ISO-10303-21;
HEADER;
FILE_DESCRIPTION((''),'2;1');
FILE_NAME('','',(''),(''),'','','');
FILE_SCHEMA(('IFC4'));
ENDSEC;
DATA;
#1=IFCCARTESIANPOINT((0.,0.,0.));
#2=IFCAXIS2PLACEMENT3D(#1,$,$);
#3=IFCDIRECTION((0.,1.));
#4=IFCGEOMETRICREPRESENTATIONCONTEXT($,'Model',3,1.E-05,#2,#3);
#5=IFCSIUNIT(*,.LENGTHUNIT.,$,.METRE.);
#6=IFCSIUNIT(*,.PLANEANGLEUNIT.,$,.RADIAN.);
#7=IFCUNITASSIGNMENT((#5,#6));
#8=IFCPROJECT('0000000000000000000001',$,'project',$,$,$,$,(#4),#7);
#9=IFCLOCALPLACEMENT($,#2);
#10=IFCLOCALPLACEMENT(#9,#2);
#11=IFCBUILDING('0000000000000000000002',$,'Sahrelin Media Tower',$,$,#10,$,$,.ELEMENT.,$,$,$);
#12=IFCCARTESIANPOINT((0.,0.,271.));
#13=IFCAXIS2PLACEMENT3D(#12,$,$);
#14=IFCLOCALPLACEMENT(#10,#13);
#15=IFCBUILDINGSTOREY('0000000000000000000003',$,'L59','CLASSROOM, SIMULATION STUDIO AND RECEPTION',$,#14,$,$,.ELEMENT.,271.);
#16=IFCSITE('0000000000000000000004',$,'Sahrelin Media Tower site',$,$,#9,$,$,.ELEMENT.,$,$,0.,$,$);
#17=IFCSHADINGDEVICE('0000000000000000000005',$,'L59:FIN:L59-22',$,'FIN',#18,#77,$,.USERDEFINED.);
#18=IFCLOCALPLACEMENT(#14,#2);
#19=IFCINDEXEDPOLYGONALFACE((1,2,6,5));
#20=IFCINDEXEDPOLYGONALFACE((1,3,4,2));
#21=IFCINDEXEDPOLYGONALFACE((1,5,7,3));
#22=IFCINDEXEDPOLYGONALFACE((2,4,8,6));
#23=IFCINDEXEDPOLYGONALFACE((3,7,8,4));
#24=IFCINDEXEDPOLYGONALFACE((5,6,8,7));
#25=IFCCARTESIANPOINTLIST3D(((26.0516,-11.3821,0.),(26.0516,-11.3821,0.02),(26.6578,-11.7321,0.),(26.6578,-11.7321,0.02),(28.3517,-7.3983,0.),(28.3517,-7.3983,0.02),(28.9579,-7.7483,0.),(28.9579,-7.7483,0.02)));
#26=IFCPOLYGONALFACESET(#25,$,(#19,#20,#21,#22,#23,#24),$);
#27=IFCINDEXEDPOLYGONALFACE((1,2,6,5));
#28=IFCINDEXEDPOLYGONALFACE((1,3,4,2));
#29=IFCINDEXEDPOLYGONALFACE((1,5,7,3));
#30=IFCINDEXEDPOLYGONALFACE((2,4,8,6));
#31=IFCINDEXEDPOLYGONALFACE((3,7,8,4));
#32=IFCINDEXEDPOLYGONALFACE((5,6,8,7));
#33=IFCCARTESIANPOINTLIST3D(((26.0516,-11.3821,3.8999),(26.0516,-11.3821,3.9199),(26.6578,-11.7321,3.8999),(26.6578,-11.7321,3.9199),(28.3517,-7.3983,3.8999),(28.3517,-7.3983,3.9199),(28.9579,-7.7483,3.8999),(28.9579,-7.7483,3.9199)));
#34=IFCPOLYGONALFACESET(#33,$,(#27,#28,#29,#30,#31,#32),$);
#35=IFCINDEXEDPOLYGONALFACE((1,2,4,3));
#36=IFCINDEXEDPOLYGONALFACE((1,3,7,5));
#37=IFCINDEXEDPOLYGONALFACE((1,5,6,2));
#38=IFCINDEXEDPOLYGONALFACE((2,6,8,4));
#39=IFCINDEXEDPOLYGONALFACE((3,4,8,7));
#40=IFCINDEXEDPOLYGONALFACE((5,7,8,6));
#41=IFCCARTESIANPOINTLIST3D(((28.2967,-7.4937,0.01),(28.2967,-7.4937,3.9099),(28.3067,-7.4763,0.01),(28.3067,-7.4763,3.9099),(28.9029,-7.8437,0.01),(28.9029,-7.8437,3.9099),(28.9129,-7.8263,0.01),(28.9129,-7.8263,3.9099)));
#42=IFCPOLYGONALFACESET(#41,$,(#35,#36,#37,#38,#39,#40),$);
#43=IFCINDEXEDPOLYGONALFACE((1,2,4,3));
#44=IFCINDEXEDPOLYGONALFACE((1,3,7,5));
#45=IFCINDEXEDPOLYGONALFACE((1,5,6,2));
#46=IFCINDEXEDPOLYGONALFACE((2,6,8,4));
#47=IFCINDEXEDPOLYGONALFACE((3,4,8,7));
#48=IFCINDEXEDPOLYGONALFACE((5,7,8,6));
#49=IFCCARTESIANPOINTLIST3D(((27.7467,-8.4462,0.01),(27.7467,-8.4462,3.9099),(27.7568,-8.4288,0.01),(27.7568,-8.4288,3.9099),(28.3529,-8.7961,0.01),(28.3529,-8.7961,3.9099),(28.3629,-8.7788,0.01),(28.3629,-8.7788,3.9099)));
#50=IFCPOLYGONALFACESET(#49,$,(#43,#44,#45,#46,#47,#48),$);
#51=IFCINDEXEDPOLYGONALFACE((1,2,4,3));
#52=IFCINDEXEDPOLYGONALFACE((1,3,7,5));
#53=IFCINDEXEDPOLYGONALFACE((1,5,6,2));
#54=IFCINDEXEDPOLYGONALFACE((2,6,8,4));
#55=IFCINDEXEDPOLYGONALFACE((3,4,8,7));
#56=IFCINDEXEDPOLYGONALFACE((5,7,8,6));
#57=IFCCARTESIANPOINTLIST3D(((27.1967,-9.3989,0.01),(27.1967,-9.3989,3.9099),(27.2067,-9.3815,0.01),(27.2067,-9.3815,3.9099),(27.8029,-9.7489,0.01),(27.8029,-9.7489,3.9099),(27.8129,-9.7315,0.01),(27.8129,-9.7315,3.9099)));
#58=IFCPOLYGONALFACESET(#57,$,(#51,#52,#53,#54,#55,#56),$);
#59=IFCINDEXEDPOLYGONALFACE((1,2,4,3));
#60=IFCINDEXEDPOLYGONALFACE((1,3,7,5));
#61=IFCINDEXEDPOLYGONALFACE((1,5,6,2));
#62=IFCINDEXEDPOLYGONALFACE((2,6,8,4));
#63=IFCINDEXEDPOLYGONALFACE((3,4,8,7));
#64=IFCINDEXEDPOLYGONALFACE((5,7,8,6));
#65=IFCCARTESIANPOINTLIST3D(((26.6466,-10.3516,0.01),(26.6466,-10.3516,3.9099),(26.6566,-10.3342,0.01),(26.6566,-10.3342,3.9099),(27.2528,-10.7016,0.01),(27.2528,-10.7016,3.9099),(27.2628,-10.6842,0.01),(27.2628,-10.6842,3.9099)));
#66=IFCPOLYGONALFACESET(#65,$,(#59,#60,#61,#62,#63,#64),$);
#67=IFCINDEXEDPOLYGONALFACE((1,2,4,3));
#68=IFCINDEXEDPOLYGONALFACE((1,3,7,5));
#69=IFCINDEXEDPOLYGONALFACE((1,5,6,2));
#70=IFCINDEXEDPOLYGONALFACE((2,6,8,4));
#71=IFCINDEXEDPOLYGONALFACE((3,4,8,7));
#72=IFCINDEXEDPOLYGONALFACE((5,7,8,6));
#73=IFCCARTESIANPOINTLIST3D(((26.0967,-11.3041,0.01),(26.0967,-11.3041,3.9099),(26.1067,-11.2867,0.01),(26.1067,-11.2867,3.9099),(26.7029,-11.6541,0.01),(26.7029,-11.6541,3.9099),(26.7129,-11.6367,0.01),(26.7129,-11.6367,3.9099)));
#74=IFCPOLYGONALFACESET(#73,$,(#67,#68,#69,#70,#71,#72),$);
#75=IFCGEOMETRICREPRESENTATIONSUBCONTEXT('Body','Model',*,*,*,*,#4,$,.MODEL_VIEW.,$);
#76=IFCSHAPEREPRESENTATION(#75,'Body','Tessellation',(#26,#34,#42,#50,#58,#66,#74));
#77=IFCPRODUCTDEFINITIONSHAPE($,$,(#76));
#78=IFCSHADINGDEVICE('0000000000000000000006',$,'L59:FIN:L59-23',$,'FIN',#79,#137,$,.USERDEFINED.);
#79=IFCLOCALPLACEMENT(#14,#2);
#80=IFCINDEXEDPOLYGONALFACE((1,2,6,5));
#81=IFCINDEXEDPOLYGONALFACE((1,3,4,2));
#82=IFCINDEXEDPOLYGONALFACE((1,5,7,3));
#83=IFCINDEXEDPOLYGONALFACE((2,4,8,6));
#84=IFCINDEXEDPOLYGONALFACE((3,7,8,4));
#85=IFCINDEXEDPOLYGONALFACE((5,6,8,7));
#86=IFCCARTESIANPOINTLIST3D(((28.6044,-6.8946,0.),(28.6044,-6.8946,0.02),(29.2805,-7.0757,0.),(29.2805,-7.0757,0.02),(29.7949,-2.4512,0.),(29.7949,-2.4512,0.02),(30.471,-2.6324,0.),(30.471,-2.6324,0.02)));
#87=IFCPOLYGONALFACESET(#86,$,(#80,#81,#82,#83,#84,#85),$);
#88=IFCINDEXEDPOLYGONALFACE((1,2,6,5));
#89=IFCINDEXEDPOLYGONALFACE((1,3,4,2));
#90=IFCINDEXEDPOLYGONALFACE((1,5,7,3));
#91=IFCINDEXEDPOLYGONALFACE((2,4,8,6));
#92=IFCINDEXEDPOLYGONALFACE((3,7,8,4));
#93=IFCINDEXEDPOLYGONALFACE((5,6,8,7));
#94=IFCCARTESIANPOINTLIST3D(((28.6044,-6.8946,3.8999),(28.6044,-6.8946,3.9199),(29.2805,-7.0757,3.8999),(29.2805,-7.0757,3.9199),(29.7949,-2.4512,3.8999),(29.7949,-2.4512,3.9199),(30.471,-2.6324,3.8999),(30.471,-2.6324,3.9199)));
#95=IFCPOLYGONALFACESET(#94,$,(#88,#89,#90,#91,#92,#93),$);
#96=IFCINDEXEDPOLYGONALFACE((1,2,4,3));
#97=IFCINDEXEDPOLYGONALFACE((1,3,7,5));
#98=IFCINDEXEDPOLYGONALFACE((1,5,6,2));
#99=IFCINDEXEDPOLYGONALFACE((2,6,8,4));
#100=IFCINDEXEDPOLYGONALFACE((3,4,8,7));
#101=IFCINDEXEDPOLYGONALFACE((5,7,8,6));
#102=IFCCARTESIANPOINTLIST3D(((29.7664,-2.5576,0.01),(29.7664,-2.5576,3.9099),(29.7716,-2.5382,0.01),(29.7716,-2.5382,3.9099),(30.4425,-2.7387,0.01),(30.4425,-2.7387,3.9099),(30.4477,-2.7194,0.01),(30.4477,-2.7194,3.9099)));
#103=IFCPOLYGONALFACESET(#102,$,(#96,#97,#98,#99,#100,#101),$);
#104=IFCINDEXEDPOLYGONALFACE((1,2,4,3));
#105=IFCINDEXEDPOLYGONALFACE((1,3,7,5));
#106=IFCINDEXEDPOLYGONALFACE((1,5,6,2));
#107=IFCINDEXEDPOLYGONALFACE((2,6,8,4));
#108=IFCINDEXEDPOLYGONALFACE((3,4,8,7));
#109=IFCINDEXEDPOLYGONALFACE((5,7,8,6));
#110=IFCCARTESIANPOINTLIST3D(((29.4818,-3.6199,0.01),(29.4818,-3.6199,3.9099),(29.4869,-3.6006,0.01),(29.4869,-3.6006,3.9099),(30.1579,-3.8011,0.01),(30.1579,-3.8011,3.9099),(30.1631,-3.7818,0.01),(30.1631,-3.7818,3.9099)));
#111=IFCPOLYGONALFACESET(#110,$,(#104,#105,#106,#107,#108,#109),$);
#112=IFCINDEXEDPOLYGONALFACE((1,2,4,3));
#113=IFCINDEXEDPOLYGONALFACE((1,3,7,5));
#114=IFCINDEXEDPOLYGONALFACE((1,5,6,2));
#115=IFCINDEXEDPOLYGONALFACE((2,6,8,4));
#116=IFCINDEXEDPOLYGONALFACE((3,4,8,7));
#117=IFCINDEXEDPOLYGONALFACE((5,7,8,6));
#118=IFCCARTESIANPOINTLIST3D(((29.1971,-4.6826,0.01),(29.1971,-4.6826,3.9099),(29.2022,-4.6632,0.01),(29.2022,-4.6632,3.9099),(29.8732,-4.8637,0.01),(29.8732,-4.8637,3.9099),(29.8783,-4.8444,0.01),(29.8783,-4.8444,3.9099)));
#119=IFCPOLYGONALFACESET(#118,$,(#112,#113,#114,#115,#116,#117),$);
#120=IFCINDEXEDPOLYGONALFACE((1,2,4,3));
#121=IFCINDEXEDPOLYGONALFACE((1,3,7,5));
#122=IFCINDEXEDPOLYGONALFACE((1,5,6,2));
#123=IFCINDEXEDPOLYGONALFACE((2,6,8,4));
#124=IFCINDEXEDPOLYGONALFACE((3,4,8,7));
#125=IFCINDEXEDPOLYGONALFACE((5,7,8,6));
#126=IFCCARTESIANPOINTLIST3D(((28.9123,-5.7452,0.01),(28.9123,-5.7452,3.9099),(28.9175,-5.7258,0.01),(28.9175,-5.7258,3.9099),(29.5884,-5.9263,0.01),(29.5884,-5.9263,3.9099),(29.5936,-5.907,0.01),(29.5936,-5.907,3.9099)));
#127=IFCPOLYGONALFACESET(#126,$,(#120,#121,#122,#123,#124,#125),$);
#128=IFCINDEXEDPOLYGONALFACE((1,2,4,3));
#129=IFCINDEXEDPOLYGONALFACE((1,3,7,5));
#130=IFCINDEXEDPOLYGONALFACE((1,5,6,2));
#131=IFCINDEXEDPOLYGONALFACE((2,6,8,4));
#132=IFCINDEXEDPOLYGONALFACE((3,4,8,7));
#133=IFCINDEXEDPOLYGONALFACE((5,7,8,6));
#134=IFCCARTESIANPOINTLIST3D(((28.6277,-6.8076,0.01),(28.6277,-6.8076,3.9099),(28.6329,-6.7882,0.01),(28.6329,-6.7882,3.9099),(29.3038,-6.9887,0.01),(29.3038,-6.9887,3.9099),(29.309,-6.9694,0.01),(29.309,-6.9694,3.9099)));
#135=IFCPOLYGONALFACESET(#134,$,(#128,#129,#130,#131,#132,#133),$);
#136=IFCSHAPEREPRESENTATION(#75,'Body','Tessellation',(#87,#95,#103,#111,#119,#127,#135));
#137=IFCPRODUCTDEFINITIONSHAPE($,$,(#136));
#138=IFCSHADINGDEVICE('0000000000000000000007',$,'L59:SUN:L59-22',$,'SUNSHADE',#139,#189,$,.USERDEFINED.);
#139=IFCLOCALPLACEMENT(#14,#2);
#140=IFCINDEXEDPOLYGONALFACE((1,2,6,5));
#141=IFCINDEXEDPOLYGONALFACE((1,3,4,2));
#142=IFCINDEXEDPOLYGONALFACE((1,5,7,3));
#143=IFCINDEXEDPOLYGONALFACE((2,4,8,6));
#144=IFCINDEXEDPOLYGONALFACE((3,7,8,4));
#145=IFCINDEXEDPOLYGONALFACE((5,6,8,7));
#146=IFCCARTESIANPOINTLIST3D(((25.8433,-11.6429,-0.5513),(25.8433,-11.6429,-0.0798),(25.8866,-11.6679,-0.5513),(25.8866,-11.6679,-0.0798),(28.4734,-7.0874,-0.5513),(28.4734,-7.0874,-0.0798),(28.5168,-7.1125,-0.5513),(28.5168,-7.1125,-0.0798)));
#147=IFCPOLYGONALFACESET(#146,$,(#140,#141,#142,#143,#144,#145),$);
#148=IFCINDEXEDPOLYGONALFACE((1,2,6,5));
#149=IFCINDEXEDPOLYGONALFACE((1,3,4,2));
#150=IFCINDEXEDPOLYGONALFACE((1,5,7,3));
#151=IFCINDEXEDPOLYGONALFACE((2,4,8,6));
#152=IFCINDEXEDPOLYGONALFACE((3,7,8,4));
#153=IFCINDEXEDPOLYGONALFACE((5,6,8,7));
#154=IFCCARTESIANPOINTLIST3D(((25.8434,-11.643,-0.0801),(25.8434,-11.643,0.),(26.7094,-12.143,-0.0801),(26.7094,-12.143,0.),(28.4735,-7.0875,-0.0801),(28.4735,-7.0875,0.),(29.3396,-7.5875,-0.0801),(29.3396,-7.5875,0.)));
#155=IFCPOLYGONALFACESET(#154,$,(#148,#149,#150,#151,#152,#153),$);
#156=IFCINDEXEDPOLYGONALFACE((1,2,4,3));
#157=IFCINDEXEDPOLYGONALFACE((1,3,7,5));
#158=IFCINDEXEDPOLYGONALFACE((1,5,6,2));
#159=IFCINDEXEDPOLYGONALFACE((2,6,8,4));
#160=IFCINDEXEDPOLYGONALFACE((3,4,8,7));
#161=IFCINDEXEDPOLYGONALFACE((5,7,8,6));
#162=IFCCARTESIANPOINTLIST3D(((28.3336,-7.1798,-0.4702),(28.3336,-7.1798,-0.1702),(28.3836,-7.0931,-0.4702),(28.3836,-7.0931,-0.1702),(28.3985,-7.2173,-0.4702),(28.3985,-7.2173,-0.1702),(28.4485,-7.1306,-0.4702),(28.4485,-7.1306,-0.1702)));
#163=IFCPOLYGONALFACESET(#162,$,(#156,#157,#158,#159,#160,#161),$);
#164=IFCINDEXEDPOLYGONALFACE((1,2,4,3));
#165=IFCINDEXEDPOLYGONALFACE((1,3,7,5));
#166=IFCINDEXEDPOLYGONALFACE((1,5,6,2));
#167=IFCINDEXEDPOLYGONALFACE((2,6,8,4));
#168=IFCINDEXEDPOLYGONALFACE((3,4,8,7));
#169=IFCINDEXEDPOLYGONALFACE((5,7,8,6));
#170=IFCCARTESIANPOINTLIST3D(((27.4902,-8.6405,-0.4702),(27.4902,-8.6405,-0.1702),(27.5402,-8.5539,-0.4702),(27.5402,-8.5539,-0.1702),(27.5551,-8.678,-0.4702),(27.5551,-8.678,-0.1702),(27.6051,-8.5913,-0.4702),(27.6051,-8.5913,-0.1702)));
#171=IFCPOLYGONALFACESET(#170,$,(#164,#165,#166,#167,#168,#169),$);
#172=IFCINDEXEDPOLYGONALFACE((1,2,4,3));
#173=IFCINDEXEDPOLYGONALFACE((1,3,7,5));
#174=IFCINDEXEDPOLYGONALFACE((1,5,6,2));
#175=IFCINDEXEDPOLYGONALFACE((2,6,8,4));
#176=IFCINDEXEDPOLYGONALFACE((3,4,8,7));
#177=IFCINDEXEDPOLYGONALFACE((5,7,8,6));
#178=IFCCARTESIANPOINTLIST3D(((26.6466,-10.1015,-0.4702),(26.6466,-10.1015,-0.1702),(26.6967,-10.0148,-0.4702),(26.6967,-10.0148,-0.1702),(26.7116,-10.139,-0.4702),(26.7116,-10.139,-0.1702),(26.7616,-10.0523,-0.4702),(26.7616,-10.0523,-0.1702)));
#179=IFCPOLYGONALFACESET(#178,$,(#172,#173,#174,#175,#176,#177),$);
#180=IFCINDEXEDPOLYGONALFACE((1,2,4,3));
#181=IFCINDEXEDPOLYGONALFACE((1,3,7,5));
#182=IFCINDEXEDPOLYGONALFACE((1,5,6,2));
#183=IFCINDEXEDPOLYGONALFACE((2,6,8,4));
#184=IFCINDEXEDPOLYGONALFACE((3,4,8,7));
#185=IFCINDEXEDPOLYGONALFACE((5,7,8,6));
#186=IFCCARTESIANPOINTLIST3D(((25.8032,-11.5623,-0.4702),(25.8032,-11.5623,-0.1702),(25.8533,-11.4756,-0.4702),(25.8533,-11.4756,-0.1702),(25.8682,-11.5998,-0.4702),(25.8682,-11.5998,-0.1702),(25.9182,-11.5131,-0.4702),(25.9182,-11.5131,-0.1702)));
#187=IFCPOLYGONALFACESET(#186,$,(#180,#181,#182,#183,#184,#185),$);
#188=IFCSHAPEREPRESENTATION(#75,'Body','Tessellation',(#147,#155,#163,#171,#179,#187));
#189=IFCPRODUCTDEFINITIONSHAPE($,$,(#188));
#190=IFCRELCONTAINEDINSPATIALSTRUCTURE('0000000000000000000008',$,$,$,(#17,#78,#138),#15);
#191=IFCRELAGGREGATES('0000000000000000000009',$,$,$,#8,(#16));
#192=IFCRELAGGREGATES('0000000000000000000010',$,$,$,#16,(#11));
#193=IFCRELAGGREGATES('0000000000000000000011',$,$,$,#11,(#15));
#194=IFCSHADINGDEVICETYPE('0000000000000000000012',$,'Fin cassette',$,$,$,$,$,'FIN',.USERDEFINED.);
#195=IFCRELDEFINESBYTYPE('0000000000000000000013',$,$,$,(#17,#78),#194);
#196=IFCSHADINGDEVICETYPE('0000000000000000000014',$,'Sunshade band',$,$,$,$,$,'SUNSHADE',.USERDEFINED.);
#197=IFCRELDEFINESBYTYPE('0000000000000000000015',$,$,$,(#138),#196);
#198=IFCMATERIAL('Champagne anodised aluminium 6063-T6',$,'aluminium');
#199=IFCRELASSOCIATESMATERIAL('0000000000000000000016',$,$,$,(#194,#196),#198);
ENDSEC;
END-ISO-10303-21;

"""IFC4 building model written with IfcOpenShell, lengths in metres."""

from ifc_helpers import new_model, si_unit, direction, frame, origin, origin_2d, place, context, subcontext, project, spatial, rectangle, extrude, material, type_object, element, save


model = new_model("IFC4")

# Units and contexts
model_context = context("Model", 3, precision=1e-05, world=origin(), true_north=direction((0.0, 1.0)))
body_context = subcontext(model_context, "Body", "Model", "MODEL_VIEW")
ifc_project = project(units=[si_unit("LENGTHUNIT", "METRE"), si_unit("PLANEANGLEUNIT", "RADIAN")], contexts=[model_context])

# Site, building, storey
site_placement = place(None, origin())
site = spatial("IfcSite", under=ifc_project, at=site_placement, Name="Sahrelin Media Tower site", CompositionType="ELEMENT", RefElevation=0.0)
building_placement = place(site_placement, origin())
building = spatial("IfcBuilding", under=site, at=building_placement, Name="Sahrelin Media Tower", CompositionType="ELEMENT")
storey_placement = place(building_placement, frame((0.0, 0.0, 271.0)))
storey = spatial("IfcBuildingStorey", under=building, at=storey_placement, Name="L59", Description="CLASSROOM, SIMULATION STUDIO AND RECEPTION", CompositionType="ELEMENT", Elevation=271.0)

# Shared definitions
ifc_material_1 = material(Name="Champagne anodised aluminium 6063-T6", Category="aluminium")

# Shading devices
shading_device_type_1 = type_object("IfcShadingDeviceType", Name="Fin cassette", ElementType="FIN", PredefinedType="USERDEFINED", material=ifc_material_1)
placement_1 = place(storey_placement, frame((27.1411, -9.3552, 0.0), z_axis=(0.0, 0.0, 1.0), x_axis=(-0.500011, -0.866019, 0.0)))
element("IfcShadingDevice", 1, at=placement_1, inside=storey, type_object=shading_device_type_1, Name="L59:FIN:L59-22", ObjectType="FIN", PredefinedType="USERDEFINED", context=body_context, shape_type="SweptSolid", body=[
    extrude(rectangle(XDim=4.6001, YDim=0.7, at=origin_2d()), frame((0.0, 0.4199, 0.0)), (0.0, 0.0, 1.0), 0.02),
    extrude(rectangle(XDim=4.6001, YDim=0.7, at=origin_2d()), frame((0.0, 0.4199, 3.8999)), (0.0, 0.0, 1.0), 0.02),
    extrude(rectangle(XDim=0.02, YDim=0.7, at=origin_2d()), frame((-2.2, 0.4199, 0.01), z_axis=(0.0, 0.0, 1.0), x_axis=(1.0, 0.0, 0.0)), (0.0, 0.0, 1.0), 3.8999),
    extrude(rectangle(XDim=0.02, YDim=0.7, at=origin_2d()), frame((-1.1001, 0.4199, 0.01), z_axis=(0.0, 0.0, 1.0), x_axis=(1.0, 0.0, 0.0)), (0.0, 0.0, 1.0), 3.8999),
    extrude(rectangle(XDim=0.02, YDim=0.7, at=origin_2d()), frame((0.0, 0.4199, 0.01), z_axis=(0.0, 0.0, 1.0), x_axis=(1.0, 0.0, 0.0)), (0.0, 0.0, 1.0), 3.8999),
    extrude(rectangle(XDim=0.02, YDim=0.7, at=origin_2d()), frame((1.1001, 0.4199, 0.01), z_axis=(0.0, 0.0, 1.0), x_axis=(1.0, 0.0, 0.0)), (0.0, 0.0, 1.0), 3.8999),
    extrude(rectangle(XDim=0.02, YDim=0.7, at=origin_2d()), frame((2.2, 0.4199, 0.01), z_axis=(0.0, 0.0, 1.0), x_axis=(1.0, 0.0, 0.0)), (0.0, 0.0, 1.0), 3.8999),
])
placement_2 = place(storey_placement, frame((29.1321, -4.6548, 0.0), z_axis=(0.0, 0.0, 1.0), x_axis=(-0.258808, -0.965929, 0.0)))
element("IfcShadingDevice", 2, at=placement_2, inside=storey, type_object=shading_device_type_1, Name="L59:FIN:L59-23", ObjectType="FIN", PredefinedType="USERDEFINED", context=body_context, shape_type="SweptSolid", body=[
    extrude(rectangle(XDim=4.6001, YDim=0.7, at=origin_2d()), frame((0.0, 0.4199, 0.0)), (0.0, 0.0, 1.0), 0.02),
    extrude(rectangle(XDim=4.6001, YDim=0.7, at=origin_2d()), frame((0.0, 0.4199, 3.8999)), (0.0, 0.0, 1.0), 0.02),
    extrude(rectangle(XDim=0.02, YDim=0.7, at=origin_2d()), frame((-2.2, 0.4199, 0.01), z_axis=(0.0, 0.0, 1.0), x_axis=(1.0, 0.0, 0.0)), (0.0, 0.0, 1.0), 3.8999),
    extrude(rectangle(XDim=0.02, YDim=0.7, at=origin_2d()), frame((-1.1001, 0.4199, 0.01), z_axis=(0.0, 0.0, 1.0), x_axis=(1.0, 0.0, 0.0)), (0.0, 0.0, 1.0), 3.8999),
    extrude(rectangle(XDim=0.02, YDim=0.7, at=origin_2d()), frame((0.0, 0.4199, 0.01), z_axis=(0.0, 0.0, 1.0), x_axis=(1.0, 0.0, 0.0)), (0.0, 0.0, 1.0), 3.8999),
    extrude(rectangle(XDim=0.02, YDim=0.7, at=origin_2d()), frame((1.1001, 0.4199, 0.01), z_axis=(0.0, 0.0, 1.0), x_axis=(1.0, 0.0, 0.0)), (0.0, 0.0, 1.0), 3.8999),
    extrude(rectangle(XDim=0.02, YDim=0.7, at=origin_2d()), frame((2.2, 0.4199, 0.01), z_axis=(0.0, 0.0, 1.0), x_axis=(1.0, 0.0, 0.0)), (0.0, 0.0, 1.0), 3.8999),
])
shading_device_type_2 = type_object("IfcShadingDeviceType", Name="Sunshade band", ElementType="SUNSHADE", PredefinedType="USERDEFINED", material=ifc_material_1)
element("IfcShadingDevice", 3, at=placement_1, inside=storey, type_object=shading_device_type_2, Name="L59:SUN:L59-22", ObjectType="SUNSHADE", PredefinedType="USERDEFINED", context=body_context, shape_type="SweptSolid", body=[
    extrude(rectangle(XDim=5.2603, YDim=0.05, at=origin_2d()), frame((0.0, 0.0449, -0.5513)), (0.0, 0.0, 1.0), 0.4714),
    extrude(rectangle(XDim=5.2603, YDim=1.0, at=origin_2d()), frame((0.0, 0.52, -0.0801)), (0.0, 0.0, 1.0), 0.0801),
    extrude(rectangle(XDim=0.1001, YDim=0.075, at=origin_2d()), frame((-2.5303, -0.0176, -0.4702)), (0.0, 0.0, 1.0), 0.3),
    extrude(rectangle(XDim=0.1001, YDim=0.075, at=origin_2d()), frame((-0.8435, -0.0176, -0.4702)), (0.0, 0.0, 1.0), 0.3),
    extrude(rectangle(XDim=0.1001, YDim=0.075, at=origin_2d()), frame((0.8435, -0.0176, -0.4702)), (0.0, 0.0, 1.0), 0.3),
    extrude(rectangle(XDim=0.1001, YDim=0.075, at=origin_2d()), frame((2.5303, -0.0176, -0.4702)), (0.0, 0.0, 1.0), 0.3),
])

save(model, "model.ifc")
